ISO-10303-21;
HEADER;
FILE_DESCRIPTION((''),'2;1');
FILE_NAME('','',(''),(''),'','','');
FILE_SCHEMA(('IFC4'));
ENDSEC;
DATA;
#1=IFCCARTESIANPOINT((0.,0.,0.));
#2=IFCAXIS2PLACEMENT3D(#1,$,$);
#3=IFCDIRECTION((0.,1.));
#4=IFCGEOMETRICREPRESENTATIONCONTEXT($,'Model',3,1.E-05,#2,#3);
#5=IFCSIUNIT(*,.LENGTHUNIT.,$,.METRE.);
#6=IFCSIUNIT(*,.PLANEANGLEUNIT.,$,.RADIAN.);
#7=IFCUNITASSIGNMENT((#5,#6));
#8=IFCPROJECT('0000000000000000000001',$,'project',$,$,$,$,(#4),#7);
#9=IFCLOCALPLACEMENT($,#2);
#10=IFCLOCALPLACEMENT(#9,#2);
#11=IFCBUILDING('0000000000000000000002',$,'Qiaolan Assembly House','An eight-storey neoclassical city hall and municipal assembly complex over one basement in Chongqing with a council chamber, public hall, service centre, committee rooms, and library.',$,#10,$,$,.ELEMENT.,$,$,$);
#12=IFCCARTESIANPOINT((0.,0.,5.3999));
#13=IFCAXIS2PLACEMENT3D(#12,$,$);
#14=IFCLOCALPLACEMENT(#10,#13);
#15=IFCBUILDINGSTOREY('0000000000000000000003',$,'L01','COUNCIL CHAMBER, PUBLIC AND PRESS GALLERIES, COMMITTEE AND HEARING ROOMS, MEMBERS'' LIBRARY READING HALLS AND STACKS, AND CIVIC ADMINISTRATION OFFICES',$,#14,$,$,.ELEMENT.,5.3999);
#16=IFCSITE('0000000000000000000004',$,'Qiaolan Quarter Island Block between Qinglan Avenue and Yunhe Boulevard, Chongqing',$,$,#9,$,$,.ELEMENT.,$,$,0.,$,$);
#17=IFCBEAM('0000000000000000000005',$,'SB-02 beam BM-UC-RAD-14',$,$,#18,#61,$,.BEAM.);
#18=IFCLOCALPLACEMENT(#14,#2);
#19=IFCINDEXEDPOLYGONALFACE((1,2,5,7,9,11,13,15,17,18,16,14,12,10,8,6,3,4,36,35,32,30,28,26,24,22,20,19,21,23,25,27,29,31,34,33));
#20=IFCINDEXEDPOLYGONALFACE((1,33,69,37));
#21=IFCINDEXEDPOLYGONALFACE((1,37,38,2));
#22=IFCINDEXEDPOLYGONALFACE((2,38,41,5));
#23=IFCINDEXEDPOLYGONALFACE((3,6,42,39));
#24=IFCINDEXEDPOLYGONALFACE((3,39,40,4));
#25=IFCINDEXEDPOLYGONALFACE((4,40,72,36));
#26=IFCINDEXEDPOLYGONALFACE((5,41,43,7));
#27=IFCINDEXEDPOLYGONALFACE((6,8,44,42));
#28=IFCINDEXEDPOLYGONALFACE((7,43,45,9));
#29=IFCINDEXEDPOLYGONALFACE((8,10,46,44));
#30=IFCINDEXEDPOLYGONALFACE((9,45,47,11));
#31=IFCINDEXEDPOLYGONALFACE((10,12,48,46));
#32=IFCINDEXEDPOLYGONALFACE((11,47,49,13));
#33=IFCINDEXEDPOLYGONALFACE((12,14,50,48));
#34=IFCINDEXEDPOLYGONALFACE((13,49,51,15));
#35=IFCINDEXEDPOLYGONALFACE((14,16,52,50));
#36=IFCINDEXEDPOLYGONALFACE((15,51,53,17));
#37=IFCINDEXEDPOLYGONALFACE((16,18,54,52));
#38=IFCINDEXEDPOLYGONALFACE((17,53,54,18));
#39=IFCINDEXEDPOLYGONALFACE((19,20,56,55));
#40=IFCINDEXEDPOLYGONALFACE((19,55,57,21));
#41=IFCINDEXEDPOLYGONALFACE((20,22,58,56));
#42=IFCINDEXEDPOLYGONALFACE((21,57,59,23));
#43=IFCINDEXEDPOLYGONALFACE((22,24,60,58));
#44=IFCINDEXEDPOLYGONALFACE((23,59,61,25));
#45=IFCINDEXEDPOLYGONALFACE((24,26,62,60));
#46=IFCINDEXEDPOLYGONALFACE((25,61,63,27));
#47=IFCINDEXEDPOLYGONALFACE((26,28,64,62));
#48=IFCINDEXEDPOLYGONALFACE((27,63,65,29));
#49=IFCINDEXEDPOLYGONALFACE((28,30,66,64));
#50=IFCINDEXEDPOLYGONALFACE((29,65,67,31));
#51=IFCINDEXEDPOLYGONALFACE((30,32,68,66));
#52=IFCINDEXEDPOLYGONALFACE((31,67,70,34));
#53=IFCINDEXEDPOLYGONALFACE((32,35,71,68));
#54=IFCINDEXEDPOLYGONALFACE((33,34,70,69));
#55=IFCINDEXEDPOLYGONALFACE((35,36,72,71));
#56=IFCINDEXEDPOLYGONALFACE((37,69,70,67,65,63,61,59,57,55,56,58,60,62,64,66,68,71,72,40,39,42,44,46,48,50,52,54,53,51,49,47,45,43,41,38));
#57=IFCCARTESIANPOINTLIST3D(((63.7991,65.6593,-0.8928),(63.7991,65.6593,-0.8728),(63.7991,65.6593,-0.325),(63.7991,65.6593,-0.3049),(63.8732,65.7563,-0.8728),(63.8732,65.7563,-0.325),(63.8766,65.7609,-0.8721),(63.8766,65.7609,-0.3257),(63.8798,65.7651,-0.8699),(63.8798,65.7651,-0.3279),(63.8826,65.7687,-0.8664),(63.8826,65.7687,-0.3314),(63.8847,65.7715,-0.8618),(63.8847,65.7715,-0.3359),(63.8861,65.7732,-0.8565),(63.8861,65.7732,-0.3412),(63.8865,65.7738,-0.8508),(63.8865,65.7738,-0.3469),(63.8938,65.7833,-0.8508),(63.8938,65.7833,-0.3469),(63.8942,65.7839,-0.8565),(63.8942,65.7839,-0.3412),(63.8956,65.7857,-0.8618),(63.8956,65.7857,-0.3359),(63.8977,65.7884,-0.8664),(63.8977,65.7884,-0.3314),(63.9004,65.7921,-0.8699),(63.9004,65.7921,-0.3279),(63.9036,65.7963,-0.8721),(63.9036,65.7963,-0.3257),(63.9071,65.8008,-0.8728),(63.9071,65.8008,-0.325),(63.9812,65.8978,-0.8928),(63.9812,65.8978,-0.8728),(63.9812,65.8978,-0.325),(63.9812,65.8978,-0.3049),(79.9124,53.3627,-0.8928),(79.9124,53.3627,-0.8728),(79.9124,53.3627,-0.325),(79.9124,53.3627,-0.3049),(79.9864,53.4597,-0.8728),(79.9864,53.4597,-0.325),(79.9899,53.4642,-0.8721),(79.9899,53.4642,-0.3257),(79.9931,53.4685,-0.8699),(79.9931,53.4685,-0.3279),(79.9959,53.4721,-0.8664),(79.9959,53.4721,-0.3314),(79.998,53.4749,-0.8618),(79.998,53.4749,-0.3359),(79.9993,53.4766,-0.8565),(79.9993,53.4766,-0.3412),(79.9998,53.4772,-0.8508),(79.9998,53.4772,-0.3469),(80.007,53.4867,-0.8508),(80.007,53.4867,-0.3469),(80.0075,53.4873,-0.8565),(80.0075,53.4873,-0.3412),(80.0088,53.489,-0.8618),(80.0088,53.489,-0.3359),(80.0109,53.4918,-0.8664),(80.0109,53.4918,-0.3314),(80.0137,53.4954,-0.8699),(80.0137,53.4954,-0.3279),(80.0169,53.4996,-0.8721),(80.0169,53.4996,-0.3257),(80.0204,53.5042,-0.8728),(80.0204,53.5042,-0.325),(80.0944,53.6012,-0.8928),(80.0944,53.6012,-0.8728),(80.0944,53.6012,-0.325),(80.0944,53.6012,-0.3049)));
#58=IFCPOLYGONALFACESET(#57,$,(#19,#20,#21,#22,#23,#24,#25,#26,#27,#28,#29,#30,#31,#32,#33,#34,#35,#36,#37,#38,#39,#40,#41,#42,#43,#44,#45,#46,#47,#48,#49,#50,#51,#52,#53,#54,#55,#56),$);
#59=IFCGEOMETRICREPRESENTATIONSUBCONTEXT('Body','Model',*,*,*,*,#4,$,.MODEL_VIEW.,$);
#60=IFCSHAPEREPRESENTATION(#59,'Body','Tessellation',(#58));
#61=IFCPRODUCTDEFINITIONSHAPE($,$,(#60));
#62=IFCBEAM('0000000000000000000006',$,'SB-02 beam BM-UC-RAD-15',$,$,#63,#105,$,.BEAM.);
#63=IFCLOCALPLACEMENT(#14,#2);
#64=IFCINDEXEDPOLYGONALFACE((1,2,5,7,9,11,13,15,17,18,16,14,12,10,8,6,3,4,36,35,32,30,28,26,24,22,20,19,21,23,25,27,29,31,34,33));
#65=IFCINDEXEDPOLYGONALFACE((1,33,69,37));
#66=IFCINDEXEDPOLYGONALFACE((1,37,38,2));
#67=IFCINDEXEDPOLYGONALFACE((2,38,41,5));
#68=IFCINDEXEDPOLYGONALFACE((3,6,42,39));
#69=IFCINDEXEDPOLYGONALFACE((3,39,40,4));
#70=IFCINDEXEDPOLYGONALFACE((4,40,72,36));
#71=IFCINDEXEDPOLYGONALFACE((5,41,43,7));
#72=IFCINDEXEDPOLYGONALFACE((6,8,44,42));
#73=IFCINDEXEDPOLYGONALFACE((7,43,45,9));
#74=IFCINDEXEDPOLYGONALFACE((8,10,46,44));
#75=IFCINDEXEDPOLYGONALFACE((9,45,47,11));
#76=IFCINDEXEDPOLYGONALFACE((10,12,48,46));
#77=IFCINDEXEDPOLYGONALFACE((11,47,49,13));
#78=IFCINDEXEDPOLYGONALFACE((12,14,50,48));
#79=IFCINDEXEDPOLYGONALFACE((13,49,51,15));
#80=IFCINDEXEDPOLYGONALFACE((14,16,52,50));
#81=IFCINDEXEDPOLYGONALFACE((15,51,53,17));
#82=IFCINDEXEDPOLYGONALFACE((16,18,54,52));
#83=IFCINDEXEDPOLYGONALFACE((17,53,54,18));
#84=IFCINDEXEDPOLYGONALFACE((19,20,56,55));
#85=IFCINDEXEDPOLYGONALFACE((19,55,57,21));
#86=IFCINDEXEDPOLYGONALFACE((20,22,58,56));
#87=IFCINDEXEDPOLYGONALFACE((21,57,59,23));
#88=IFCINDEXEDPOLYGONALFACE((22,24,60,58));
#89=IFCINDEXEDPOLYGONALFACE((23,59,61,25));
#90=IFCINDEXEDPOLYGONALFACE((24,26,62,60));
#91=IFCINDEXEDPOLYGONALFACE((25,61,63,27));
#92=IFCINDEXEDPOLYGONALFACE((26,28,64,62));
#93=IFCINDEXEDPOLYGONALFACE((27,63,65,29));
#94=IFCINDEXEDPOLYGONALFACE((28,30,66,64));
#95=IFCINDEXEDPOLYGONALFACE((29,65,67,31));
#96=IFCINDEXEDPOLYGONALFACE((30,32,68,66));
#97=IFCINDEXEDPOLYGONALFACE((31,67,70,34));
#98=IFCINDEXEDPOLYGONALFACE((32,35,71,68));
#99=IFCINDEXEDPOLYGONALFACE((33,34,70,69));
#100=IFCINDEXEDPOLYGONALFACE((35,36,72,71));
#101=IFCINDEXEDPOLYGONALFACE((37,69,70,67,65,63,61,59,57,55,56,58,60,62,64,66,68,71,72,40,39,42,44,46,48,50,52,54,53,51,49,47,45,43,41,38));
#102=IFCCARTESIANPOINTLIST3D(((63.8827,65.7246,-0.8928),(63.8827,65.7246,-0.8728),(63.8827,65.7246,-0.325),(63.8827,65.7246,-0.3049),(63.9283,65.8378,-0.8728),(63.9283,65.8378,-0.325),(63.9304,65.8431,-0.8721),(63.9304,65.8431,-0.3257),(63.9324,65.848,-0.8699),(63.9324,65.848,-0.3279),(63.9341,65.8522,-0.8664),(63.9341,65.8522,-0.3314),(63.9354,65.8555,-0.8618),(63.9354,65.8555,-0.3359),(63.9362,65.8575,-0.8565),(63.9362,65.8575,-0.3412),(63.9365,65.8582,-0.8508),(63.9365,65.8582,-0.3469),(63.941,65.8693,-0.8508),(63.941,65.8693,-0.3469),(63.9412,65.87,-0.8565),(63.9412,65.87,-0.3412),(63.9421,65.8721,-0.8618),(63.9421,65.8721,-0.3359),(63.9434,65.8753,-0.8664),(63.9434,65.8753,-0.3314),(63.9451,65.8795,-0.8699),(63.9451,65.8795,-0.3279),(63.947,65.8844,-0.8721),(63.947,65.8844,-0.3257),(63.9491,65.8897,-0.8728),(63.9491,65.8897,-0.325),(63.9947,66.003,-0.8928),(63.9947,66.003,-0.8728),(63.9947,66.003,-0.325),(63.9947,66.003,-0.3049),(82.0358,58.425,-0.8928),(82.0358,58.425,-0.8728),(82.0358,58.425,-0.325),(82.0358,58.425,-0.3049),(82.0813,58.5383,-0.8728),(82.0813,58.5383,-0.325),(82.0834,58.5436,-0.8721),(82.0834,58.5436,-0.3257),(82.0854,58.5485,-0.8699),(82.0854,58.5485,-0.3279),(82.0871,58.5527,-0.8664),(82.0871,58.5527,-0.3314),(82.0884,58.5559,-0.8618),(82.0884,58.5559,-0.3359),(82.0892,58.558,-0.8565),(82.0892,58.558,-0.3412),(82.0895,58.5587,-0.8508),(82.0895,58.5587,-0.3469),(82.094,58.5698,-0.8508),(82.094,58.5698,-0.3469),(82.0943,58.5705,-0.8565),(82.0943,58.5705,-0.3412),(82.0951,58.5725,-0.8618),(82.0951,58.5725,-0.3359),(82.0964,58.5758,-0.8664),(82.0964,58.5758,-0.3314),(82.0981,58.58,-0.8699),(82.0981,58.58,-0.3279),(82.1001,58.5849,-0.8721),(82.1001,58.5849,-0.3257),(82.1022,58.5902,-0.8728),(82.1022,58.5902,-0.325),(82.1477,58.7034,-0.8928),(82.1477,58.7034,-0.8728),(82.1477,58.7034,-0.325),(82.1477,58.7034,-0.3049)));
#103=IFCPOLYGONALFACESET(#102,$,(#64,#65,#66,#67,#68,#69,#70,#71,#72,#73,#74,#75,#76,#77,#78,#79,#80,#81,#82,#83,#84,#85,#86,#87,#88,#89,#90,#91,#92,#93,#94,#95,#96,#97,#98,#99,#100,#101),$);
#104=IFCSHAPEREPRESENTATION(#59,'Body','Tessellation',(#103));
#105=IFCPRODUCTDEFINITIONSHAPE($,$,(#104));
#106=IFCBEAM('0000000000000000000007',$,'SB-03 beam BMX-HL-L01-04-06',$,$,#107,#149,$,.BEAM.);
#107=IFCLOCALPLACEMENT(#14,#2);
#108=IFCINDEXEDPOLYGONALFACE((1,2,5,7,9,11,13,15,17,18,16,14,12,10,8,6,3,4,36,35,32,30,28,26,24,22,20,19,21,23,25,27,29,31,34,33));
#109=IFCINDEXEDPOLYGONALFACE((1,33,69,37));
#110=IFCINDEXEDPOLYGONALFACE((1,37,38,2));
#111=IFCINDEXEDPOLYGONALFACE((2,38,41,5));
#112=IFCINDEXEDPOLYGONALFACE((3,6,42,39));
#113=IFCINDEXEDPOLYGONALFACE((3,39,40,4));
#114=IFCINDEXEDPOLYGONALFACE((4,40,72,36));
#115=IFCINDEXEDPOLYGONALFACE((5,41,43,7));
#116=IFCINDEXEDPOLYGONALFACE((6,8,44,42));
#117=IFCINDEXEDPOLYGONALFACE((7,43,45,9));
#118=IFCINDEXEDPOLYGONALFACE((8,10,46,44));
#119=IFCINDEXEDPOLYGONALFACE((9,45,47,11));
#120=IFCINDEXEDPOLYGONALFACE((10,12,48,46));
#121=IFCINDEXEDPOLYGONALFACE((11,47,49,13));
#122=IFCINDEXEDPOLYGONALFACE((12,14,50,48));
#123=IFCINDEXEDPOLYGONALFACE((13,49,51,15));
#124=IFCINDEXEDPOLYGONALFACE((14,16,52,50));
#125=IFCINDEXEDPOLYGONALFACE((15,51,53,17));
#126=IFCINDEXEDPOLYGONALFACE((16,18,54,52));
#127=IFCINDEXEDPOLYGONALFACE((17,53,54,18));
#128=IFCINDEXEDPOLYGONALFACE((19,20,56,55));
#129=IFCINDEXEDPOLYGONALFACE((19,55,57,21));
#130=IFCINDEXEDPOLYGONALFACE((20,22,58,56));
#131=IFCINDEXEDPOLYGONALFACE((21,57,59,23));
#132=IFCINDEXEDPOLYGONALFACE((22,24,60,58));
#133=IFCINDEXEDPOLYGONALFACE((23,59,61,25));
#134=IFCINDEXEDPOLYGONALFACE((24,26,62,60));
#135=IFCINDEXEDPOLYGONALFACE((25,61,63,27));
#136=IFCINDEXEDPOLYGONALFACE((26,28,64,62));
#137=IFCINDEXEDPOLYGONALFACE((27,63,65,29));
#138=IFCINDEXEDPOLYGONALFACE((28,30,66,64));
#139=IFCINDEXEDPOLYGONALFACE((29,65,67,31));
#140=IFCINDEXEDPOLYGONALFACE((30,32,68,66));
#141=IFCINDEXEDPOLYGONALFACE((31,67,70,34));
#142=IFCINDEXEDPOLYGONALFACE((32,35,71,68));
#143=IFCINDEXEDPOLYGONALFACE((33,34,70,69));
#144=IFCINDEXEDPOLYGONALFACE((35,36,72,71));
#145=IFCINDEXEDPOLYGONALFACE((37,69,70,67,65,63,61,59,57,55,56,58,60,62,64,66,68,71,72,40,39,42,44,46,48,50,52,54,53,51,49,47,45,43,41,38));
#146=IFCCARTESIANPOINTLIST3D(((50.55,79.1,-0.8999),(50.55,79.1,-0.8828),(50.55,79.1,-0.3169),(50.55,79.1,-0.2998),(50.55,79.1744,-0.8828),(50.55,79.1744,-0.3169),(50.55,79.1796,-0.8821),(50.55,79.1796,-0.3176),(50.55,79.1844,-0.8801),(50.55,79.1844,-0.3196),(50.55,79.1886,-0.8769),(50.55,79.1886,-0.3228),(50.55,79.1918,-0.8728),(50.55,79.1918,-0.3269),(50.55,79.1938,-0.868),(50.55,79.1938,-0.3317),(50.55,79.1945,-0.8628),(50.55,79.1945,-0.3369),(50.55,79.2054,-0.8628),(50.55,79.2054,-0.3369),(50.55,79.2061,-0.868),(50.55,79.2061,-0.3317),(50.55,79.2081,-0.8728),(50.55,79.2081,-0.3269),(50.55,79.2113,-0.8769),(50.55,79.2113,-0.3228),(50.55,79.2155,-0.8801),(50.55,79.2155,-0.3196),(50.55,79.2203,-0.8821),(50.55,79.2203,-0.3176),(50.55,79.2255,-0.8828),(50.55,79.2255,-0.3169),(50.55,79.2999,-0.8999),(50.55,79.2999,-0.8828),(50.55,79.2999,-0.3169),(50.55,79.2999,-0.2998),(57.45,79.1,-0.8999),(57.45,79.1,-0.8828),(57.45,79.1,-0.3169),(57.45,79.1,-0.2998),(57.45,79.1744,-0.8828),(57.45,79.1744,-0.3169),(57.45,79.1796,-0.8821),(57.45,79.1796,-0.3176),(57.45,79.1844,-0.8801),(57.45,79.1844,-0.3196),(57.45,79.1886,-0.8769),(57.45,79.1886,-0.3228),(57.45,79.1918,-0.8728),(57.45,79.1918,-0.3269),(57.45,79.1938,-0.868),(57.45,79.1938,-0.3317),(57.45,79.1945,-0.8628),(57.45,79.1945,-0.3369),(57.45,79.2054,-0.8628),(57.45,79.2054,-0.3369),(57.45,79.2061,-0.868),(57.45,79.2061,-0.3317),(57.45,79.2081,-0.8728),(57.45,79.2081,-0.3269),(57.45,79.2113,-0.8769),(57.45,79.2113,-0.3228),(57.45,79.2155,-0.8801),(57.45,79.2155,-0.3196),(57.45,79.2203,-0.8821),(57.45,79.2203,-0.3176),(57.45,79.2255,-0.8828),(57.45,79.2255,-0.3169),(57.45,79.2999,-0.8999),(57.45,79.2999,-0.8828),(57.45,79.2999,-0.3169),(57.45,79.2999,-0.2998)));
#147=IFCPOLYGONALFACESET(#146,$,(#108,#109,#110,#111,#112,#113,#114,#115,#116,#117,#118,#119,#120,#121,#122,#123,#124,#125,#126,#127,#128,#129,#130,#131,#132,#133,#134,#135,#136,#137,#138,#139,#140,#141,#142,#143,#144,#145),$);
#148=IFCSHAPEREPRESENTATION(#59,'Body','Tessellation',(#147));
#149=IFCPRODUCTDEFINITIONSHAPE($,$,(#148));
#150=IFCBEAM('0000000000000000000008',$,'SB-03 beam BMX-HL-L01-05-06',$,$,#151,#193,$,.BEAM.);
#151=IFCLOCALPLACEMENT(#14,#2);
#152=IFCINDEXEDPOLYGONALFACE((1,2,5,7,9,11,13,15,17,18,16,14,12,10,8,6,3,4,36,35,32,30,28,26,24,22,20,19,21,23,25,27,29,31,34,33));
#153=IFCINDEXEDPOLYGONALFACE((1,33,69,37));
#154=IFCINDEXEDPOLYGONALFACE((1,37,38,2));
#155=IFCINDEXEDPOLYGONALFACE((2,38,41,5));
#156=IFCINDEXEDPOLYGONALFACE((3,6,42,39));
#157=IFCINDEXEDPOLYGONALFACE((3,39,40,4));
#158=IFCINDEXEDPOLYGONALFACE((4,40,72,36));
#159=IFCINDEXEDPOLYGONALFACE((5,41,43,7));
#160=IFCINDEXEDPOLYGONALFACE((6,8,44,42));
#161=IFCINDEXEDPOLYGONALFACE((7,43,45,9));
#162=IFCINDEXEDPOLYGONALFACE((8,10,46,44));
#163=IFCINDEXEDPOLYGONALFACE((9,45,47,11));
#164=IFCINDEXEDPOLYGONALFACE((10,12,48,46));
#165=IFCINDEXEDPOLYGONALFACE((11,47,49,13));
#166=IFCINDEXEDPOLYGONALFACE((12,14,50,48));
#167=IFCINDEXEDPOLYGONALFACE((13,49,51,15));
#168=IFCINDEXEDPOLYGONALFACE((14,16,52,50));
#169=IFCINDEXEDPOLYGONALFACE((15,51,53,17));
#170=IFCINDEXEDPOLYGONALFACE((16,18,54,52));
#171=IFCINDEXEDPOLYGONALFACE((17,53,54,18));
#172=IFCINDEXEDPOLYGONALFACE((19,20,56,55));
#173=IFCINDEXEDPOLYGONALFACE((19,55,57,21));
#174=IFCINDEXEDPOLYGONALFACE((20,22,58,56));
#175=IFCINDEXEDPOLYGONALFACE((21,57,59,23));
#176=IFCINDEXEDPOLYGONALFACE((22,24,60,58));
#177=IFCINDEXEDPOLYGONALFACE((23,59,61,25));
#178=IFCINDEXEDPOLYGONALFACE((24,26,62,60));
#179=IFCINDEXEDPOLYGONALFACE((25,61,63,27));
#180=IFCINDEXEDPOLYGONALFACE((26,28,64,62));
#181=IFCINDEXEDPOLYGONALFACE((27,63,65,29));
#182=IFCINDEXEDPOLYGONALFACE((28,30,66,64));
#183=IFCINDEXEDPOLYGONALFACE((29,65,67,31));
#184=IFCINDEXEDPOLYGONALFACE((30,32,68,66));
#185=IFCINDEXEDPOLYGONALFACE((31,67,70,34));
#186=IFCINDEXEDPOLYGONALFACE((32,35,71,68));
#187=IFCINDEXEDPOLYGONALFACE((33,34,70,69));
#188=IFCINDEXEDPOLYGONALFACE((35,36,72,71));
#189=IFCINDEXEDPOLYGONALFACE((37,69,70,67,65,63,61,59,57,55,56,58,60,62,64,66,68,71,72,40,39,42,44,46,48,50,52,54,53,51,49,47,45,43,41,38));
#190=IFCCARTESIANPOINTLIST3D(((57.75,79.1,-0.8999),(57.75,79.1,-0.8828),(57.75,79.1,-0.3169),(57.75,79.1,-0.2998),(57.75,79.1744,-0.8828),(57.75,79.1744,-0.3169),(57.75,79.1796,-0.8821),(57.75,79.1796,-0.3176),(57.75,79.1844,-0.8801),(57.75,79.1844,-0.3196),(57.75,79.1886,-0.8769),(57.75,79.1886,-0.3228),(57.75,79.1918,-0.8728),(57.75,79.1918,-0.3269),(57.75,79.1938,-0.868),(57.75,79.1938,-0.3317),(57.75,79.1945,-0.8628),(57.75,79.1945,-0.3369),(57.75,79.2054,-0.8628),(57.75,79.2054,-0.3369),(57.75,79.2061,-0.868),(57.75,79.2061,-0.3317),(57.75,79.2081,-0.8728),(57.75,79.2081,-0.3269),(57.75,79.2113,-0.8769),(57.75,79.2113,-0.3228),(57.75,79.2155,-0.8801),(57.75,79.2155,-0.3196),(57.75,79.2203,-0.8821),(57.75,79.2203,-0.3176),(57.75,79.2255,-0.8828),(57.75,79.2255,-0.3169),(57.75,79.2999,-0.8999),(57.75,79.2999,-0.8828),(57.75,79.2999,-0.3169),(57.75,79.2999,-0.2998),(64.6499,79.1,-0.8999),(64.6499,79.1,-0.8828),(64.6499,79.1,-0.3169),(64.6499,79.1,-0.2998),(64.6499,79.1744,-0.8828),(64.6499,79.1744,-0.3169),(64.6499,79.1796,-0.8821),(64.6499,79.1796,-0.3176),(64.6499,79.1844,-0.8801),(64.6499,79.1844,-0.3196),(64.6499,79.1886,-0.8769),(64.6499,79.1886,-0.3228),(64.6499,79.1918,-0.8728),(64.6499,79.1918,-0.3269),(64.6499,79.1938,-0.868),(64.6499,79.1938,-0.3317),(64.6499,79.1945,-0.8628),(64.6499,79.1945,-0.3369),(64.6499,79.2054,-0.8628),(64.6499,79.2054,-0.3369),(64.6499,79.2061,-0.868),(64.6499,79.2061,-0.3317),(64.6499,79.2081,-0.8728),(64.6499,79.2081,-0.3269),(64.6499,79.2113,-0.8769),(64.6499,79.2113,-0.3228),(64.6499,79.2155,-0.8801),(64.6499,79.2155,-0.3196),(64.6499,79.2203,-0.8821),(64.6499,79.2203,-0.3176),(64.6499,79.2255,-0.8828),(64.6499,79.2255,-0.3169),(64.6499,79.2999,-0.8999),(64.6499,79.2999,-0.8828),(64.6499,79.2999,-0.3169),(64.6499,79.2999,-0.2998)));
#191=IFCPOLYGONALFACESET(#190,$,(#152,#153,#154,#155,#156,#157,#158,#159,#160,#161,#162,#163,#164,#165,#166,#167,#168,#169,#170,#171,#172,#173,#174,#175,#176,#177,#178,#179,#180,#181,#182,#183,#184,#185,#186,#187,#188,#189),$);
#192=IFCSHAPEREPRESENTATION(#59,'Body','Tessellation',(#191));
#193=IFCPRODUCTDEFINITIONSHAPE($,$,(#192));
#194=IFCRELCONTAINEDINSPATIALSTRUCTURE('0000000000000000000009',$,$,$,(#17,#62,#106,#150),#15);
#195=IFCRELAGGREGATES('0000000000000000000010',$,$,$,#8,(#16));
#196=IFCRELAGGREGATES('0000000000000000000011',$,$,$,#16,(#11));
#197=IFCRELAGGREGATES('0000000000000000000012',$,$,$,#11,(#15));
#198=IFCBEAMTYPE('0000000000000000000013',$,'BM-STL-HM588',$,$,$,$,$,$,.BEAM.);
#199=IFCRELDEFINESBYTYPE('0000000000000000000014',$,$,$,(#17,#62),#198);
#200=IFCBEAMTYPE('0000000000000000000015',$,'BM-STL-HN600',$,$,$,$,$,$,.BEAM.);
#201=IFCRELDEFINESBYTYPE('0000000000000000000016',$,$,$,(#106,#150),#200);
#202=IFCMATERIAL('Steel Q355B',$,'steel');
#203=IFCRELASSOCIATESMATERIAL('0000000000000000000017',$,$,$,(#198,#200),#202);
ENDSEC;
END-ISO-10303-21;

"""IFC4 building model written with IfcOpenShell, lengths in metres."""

from ifc_helpers import new_model, si_unit, direction, frame, origin, origin_2d, place, context, subcontext, project, spatial, i_section, extrude, material, material_profile, profile_set, type_object, element, save


model = new_model("IFC4")

# Units and contexts
model_context = context("Model", 3, precision=1e-05, world=origin(), true_north=direction((0.0, 1.0)))
body_context = subcontext(model_context, "Body", "Model", "MODEL_VIEW")
ifc_project = project(units=[si_unit("LENGTHUNIT", "METRE"), si_unit("PLANEANGLEUNIT", "RADIAN")], contexts=[model_context])

# Site, building, storey
site_placement = place(None, origin())
site = spatial("IfcSite", under=ifc_project, at=site_placement, Name="Qiaolan Quarter Island Block between Qinglan Avenue and Yunhe Boulevard, Chongqing", CompositionType="ELEMENT", RefElevation=0.0)
building_placement = place(site_placement, origin())
building = spatial("IfcBuilding", under=site, at=building_placement, Name="Qiaolan Assembly House", Description="An eight-storey neoclassical city hall and municipal assembly complex over one basement in Chongqing with a council chamber, public hall, service centre, committee rooms, and library.", CompositionType="ELEMENT")
storey_placement = place(building_placement, frame((0.0, 0.0, 5.3999)))
storey = spatial("IfcBuildingStorey", under=building, at=storey_placement, Name="L01", Description="COUNCIL CHAMBER, PUBLIC AND PRESS GALLERIES, COMMITTEE AND HEARING ROOMS, MEMBERS' LIBRARY READING HALLS AND STACKS, AND CIVIC ADMINISTRATION OFFICES", CompositionType="ELEMENT", Elevation=5.3999)

# Shared definitions
ifc_material_1 = material(Name="Steel Q355B", Category="steel")

# Beams
ifc_material_profile_1 = material_profile(ifc_material_1, i_section(OverallWidth=0.3, OverallDepth=0.5879, WebThickness=0.012, FlangeThickness=0.02, FilletRadius=0.022, at=origin_2d()), Name="HM 588x300x12x20")
ifc_profile_set_1 = profile_set([ifc_material_profile_1], Name="Steel Q355B")
beam_type_1 = type_object("IfcBeamType", Name="BM-STL-HM588", PredefinedType="BEAM", material=ifc_profile_set_1)
beam_1_placement = place(storey_placement, frame((63.8901, 65.7786, -0.5989), z_axis=(0.79496, -0.606663, 0.0), x_axis=(0.606663, 0.79496, 0.0)))
element("IfcBeam", 1, at=beam_1_placement, inside=storey, type_object=beam_type_1, Name="SB-02 beam BM-UC-RAD-14", PredefinedType="BEAM", context=body_context, shape_type="SweptSolid", body=[
    extrude(i_section(OverallWidth=0.3, OverallDepth=0.5879, WebThickness=0.012, FlangeThickness=0.02, FilletRadius=0.022, at=origin_2d()), origin(), (0.0, 0.0, 1.0), 20.2693),
])
beam_2_placement = place(storey_placement, frame((63.9387, 65.8638, -0.5989), z_axis=(0.9278, -0.373079, 0.0), x_axis=(0.373079, 0.9278, 0.0)))
element("IfcBeam", 2, at=beam_2_placement, inside=storey, type_object=beam_type_1, Name="SB-02 beam BM-UC-RAD-15", PredefinedType="BEAM", context=body_context, shape_type="SweptSolid", body=[
    extrude(i_section(OverallWidth=0.3, OverallDepth=0.5879, WebThickness=0.012, FlangeThickness=0.02, FilletRadius=0.022, at=origin_2d()), origin(), (0.0, 0.0, 1.0), 19.5657),
])
ifc_material_profile_2 = material_profile(ifc_material_1, i_section(OverallWidth=0.2, OverallDepth=0.6001, WebThickness=0.011, FlangeThickness=0.0171, FilletRadius=0.02, at=origin_2d()), Name="HN 600x200x11x17")
ifc_profile_set_2 = profile_set([ifc_material_profile_2], Name="Steel Q355B")
beam_type_2 = type_object("IfcBeamType", Name="BM-STL-HN600", PredefinedType="BEAM", material=ifc_profile_set_2)
for number, where, z_axis, x_axis, name in (
    (3, (50.55, 79.2, -0.5999), (1.0, 0.0, 0.0), (0.0, 1.0, 0.0), "SB-03 beam BMX-HL-L01-04-06"),
    (4, (57.75, 79.2, -0.5999), (1.0, 0.0, 0.0), (0.0, 1.0, 0.0), "SB-03 beam BMX-HL-L01-05-06"),
):
    element("IfcBeam", number, at=place(storey_placement, frame(where, z_axis=z_axis, x_axis=x_axis)), inside=storey, type_object=beam_type_2, Name=name, PredefinedType="BEAM", context=body_context, shape_type="SweptSolid", body=[
        extrude(i_section(OverallWidth=0.2, OverallDepth=0.6001, WebThickness=0.011, FlangeThickness=0.0171, FilletRadius=0.02, at=origin_2d()), origin(), (0.0, 0.0, 1.0), 6.8999),
    ])

save(model, "model.ifc")
